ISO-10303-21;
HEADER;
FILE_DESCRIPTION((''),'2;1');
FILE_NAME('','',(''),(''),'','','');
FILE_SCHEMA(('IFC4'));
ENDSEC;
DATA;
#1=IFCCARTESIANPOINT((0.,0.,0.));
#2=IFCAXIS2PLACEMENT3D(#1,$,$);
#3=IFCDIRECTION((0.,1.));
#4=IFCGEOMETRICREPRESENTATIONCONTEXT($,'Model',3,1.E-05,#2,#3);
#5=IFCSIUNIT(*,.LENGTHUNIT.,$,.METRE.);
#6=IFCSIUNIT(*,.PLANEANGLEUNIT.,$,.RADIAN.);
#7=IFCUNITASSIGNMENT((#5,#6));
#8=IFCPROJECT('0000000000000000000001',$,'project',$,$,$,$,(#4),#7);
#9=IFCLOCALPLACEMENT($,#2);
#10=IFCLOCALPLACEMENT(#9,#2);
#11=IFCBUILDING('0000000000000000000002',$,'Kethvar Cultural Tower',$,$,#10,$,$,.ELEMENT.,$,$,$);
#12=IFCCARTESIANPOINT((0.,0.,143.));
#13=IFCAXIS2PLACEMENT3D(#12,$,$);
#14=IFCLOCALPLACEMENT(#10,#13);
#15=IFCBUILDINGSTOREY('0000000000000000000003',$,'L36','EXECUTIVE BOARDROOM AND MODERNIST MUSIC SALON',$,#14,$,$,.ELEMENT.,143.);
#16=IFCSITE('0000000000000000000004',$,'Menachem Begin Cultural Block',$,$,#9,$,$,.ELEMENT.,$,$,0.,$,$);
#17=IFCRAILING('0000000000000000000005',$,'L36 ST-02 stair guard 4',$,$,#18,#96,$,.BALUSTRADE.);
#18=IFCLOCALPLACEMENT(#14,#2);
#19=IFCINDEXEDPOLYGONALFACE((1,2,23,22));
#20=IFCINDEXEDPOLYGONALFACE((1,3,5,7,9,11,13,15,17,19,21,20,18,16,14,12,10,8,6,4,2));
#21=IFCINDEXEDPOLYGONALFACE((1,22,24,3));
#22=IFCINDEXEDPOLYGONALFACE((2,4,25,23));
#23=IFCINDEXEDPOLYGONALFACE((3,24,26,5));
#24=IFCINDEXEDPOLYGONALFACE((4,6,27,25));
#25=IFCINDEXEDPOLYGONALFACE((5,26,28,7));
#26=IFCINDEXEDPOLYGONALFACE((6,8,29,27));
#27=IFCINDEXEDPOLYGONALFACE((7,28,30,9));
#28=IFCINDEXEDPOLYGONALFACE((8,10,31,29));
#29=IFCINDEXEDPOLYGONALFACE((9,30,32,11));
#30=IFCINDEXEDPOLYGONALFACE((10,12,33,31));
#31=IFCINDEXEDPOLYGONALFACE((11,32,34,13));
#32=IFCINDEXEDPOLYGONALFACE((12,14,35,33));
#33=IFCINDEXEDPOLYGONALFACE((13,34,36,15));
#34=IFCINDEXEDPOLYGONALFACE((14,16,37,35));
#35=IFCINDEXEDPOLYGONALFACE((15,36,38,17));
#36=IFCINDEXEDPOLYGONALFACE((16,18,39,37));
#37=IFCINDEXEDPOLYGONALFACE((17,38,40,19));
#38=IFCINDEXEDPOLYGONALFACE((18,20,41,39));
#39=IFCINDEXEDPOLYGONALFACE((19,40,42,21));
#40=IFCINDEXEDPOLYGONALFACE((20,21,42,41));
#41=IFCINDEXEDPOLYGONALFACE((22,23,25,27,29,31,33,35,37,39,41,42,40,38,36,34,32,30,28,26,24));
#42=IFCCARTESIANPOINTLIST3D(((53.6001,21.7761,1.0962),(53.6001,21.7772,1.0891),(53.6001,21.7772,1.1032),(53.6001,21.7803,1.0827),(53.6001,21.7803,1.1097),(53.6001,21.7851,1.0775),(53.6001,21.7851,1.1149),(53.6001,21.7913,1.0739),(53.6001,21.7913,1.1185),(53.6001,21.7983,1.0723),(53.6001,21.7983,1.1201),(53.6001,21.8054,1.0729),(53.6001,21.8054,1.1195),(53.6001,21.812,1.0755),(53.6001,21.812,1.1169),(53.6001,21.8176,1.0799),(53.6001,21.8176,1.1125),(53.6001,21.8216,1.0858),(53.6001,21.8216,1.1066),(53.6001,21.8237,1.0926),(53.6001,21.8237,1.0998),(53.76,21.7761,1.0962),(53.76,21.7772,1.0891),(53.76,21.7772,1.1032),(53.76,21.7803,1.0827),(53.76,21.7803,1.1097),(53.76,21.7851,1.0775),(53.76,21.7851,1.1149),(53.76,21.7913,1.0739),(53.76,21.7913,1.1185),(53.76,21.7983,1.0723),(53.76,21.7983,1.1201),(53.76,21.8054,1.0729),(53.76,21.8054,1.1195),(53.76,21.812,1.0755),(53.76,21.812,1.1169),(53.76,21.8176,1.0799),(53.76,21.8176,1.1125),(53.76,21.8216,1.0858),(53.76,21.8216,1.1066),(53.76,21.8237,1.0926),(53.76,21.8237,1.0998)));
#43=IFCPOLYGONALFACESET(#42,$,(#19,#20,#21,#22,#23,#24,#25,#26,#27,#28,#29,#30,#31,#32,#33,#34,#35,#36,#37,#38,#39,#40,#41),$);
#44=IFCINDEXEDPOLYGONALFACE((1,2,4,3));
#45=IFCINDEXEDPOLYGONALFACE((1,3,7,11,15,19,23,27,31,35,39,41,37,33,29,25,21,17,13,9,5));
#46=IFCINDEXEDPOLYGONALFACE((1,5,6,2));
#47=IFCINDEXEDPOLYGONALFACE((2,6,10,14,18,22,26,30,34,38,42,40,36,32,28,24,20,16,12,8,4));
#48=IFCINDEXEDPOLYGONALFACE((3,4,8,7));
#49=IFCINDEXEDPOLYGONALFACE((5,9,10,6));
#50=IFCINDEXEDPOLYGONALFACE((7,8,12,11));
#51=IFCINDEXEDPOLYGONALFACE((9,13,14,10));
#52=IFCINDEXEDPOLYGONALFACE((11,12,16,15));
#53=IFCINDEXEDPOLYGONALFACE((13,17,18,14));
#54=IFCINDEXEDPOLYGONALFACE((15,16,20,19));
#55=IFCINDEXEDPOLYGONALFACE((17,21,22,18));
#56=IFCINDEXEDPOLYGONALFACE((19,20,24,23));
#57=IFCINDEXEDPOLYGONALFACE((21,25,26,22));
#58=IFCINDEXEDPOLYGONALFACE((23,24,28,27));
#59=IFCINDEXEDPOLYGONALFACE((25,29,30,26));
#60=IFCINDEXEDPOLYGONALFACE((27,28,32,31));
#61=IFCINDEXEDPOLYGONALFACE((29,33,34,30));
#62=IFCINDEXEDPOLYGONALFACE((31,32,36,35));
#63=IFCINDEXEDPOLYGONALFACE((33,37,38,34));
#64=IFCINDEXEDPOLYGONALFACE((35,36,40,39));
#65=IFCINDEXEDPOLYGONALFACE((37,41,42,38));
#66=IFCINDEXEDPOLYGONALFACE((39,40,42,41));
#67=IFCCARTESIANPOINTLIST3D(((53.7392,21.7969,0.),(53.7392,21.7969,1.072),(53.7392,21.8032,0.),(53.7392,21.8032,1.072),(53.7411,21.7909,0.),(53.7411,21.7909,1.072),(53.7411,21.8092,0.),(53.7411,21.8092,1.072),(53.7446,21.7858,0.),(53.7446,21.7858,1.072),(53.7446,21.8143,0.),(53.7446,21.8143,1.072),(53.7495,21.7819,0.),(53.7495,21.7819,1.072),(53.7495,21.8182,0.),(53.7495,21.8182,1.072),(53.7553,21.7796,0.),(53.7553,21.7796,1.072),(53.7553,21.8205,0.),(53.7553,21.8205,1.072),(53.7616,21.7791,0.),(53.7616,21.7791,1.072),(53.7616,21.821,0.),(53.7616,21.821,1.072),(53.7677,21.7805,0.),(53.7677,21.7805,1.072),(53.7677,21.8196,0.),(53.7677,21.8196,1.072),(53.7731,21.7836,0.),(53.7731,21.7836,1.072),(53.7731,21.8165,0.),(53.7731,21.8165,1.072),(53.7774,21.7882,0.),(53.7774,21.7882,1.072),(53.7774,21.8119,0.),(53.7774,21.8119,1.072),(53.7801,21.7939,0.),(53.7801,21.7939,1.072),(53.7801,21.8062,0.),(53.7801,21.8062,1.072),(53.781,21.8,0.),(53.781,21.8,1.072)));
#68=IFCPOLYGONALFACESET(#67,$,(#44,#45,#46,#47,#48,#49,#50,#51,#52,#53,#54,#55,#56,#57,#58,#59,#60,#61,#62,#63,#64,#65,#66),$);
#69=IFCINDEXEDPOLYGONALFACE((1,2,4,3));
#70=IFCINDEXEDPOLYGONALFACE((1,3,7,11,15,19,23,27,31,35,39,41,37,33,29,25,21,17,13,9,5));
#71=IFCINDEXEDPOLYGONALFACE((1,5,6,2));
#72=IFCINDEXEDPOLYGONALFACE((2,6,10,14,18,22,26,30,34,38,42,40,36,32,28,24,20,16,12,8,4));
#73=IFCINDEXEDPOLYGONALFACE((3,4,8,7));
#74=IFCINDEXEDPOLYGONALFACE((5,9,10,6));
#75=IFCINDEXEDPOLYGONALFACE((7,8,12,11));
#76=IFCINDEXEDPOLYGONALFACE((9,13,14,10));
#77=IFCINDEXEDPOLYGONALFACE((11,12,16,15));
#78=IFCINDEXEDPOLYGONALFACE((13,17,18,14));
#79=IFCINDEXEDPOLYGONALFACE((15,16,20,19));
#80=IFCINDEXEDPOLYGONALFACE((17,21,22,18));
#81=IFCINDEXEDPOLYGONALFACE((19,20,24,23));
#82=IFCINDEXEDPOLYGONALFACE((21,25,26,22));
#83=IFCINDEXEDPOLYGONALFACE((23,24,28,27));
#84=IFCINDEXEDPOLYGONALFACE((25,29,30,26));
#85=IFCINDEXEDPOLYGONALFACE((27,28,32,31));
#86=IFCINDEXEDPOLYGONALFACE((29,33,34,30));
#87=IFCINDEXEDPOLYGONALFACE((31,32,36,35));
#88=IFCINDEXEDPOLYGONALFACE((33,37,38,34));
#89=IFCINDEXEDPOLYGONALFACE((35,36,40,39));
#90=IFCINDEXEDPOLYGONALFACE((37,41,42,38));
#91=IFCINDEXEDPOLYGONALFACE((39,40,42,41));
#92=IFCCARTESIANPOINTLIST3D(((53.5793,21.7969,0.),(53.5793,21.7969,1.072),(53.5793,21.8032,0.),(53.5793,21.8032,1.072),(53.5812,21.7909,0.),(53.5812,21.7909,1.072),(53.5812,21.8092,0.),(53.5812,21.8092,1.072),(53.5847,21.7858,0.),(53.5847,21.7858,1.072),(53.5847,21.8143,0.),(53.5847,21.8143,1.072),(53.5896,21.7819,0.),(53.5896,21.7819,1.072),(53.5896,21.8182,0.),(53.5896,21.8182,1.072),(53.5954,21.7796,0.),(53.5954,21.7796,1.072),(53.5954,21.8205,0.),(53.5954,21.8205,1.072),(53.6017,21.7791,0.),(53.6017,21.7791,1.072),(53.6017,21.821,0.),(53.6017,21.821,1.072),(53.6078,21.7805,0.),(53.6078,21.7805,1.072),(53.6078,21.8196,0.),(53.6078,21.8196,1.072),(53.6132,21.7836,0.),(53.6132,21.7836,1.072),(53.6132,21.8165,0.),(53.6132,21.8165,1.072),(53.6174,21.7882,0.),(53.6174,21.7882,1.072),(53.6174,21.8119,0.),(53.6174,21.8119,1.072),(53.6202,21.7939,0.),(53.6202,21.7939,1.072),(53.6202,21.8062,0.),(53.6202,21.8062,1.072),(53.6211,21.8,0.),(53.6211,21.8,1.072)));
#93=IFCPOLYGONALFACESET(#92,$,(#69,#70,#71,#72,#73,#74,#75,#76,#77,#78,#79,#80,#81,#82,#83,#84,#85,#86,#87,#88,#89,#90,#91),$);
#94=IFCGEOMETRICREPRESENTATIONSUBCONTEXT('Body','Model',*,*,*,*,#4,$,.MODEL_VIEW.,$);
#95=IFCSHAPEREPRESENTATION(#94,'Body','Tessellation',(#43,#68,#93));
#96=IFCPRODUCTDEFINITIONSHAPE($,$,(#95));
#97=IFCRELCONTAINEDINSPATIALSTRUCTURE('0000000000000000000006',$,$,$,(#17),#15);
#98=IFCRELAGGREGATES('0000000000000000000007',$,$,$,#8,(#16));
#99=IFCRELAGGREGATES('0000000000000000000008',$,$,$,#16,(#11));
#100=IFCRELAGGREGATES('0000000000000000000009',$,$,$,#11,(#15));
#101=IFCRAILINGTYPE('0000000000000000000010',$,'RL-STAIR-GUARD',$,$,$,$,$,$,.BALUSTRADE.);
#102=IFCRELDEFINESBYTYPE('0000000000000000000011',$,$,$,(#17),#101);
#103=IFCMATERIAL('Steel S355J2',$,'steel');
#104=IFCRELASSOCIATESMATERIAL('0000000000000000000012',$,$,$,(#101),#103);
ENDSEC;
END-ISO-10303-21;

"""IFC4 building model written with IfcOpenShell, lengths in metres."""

from ifc_helpers import new_model, si_unit, direction, frame, origin, origin_2d, place, context, subcontext, project, spatial, circle, extrude, material, type_object, element, save


model = new_model("IFC4")

# Units and contexts
model_context = context("Model", 3, precision=1e-05, world=origin(), true_north=direction((0.0, 1.0)))
body_context = subcontext(model_context, "Body", "Model", "MODEL_VIEW")
ifc_project = project(units=[si_unit("LENGTHUNIT", "METRE"), si_unit("PLANEANGLEUNIT", "RADIAN")], contexts=[model_context])

# Site, building, storey
site_placement = place(None, origin())
site = spatial("IfcSite", under=ifc_project, at=site_placement, Name="Menachem Begin Cultural Block", CompositionType="ELEMENT", RefElevation=0.0)
building_placement = place(site_placement, origin())
building = spatial("IfcBuilding", under=site, at=building_placement, Name="Kethvar Cultural Tower", CompositionType="ELEMENT")
storey_placement = place(building_placement, frame((0.0, 0.0, 143.0)))
storey = spatial("IfcBuildingStorey", under=building, at=storey_placement, Name="L36", Description="EXECUTIVE BOARDROOM AND MODERNIST MUSIC SALON", CompositionType="ELEMENT", Elevation=143.0)

# Shared definitions
ifc_material_1 = material(Name="Steel S355J2", Category="steel")

# Railing
railing_type_1 = type_object("IfcRailingType", Name="RL-STAIR-GUARD", PredefinedType="BALUSTRADE", material=ifc_material_1)
railing_1_placement = place(storey_placement, frame((53.76, 21.8, 0.0)))
element("IfcRailing", 1, at=railing_1_placement, inside=storey, type_object=railing_type_1, Name="L36 ST-02 stair guard 4", PredefinedType="BALUSTRADE", context=body_context, shape_type="SweptSolid", body=[
    extrude(circle(Radius=0.0239, at=origin_2d()), frame((0.0, 0.0, 1.0962), z_axis=(-1.0, 0.0, 0.0), x_axis=(0.0, -1.0, 0.0)), (0.0, 0.0, 1.0), 0.1599),
    extrude(circle(Radius=0.021, at=origin_2d()), origin(), (0.0, 0.0, 1.0), 1.072),
    extrude(circle(Radius=0.021, at=origin_2d()), frame((-0.1599, 0.0, 0.0)), (0.0, 0.0, 1.0), 1.072),
])

save(model, "model.ifc")
